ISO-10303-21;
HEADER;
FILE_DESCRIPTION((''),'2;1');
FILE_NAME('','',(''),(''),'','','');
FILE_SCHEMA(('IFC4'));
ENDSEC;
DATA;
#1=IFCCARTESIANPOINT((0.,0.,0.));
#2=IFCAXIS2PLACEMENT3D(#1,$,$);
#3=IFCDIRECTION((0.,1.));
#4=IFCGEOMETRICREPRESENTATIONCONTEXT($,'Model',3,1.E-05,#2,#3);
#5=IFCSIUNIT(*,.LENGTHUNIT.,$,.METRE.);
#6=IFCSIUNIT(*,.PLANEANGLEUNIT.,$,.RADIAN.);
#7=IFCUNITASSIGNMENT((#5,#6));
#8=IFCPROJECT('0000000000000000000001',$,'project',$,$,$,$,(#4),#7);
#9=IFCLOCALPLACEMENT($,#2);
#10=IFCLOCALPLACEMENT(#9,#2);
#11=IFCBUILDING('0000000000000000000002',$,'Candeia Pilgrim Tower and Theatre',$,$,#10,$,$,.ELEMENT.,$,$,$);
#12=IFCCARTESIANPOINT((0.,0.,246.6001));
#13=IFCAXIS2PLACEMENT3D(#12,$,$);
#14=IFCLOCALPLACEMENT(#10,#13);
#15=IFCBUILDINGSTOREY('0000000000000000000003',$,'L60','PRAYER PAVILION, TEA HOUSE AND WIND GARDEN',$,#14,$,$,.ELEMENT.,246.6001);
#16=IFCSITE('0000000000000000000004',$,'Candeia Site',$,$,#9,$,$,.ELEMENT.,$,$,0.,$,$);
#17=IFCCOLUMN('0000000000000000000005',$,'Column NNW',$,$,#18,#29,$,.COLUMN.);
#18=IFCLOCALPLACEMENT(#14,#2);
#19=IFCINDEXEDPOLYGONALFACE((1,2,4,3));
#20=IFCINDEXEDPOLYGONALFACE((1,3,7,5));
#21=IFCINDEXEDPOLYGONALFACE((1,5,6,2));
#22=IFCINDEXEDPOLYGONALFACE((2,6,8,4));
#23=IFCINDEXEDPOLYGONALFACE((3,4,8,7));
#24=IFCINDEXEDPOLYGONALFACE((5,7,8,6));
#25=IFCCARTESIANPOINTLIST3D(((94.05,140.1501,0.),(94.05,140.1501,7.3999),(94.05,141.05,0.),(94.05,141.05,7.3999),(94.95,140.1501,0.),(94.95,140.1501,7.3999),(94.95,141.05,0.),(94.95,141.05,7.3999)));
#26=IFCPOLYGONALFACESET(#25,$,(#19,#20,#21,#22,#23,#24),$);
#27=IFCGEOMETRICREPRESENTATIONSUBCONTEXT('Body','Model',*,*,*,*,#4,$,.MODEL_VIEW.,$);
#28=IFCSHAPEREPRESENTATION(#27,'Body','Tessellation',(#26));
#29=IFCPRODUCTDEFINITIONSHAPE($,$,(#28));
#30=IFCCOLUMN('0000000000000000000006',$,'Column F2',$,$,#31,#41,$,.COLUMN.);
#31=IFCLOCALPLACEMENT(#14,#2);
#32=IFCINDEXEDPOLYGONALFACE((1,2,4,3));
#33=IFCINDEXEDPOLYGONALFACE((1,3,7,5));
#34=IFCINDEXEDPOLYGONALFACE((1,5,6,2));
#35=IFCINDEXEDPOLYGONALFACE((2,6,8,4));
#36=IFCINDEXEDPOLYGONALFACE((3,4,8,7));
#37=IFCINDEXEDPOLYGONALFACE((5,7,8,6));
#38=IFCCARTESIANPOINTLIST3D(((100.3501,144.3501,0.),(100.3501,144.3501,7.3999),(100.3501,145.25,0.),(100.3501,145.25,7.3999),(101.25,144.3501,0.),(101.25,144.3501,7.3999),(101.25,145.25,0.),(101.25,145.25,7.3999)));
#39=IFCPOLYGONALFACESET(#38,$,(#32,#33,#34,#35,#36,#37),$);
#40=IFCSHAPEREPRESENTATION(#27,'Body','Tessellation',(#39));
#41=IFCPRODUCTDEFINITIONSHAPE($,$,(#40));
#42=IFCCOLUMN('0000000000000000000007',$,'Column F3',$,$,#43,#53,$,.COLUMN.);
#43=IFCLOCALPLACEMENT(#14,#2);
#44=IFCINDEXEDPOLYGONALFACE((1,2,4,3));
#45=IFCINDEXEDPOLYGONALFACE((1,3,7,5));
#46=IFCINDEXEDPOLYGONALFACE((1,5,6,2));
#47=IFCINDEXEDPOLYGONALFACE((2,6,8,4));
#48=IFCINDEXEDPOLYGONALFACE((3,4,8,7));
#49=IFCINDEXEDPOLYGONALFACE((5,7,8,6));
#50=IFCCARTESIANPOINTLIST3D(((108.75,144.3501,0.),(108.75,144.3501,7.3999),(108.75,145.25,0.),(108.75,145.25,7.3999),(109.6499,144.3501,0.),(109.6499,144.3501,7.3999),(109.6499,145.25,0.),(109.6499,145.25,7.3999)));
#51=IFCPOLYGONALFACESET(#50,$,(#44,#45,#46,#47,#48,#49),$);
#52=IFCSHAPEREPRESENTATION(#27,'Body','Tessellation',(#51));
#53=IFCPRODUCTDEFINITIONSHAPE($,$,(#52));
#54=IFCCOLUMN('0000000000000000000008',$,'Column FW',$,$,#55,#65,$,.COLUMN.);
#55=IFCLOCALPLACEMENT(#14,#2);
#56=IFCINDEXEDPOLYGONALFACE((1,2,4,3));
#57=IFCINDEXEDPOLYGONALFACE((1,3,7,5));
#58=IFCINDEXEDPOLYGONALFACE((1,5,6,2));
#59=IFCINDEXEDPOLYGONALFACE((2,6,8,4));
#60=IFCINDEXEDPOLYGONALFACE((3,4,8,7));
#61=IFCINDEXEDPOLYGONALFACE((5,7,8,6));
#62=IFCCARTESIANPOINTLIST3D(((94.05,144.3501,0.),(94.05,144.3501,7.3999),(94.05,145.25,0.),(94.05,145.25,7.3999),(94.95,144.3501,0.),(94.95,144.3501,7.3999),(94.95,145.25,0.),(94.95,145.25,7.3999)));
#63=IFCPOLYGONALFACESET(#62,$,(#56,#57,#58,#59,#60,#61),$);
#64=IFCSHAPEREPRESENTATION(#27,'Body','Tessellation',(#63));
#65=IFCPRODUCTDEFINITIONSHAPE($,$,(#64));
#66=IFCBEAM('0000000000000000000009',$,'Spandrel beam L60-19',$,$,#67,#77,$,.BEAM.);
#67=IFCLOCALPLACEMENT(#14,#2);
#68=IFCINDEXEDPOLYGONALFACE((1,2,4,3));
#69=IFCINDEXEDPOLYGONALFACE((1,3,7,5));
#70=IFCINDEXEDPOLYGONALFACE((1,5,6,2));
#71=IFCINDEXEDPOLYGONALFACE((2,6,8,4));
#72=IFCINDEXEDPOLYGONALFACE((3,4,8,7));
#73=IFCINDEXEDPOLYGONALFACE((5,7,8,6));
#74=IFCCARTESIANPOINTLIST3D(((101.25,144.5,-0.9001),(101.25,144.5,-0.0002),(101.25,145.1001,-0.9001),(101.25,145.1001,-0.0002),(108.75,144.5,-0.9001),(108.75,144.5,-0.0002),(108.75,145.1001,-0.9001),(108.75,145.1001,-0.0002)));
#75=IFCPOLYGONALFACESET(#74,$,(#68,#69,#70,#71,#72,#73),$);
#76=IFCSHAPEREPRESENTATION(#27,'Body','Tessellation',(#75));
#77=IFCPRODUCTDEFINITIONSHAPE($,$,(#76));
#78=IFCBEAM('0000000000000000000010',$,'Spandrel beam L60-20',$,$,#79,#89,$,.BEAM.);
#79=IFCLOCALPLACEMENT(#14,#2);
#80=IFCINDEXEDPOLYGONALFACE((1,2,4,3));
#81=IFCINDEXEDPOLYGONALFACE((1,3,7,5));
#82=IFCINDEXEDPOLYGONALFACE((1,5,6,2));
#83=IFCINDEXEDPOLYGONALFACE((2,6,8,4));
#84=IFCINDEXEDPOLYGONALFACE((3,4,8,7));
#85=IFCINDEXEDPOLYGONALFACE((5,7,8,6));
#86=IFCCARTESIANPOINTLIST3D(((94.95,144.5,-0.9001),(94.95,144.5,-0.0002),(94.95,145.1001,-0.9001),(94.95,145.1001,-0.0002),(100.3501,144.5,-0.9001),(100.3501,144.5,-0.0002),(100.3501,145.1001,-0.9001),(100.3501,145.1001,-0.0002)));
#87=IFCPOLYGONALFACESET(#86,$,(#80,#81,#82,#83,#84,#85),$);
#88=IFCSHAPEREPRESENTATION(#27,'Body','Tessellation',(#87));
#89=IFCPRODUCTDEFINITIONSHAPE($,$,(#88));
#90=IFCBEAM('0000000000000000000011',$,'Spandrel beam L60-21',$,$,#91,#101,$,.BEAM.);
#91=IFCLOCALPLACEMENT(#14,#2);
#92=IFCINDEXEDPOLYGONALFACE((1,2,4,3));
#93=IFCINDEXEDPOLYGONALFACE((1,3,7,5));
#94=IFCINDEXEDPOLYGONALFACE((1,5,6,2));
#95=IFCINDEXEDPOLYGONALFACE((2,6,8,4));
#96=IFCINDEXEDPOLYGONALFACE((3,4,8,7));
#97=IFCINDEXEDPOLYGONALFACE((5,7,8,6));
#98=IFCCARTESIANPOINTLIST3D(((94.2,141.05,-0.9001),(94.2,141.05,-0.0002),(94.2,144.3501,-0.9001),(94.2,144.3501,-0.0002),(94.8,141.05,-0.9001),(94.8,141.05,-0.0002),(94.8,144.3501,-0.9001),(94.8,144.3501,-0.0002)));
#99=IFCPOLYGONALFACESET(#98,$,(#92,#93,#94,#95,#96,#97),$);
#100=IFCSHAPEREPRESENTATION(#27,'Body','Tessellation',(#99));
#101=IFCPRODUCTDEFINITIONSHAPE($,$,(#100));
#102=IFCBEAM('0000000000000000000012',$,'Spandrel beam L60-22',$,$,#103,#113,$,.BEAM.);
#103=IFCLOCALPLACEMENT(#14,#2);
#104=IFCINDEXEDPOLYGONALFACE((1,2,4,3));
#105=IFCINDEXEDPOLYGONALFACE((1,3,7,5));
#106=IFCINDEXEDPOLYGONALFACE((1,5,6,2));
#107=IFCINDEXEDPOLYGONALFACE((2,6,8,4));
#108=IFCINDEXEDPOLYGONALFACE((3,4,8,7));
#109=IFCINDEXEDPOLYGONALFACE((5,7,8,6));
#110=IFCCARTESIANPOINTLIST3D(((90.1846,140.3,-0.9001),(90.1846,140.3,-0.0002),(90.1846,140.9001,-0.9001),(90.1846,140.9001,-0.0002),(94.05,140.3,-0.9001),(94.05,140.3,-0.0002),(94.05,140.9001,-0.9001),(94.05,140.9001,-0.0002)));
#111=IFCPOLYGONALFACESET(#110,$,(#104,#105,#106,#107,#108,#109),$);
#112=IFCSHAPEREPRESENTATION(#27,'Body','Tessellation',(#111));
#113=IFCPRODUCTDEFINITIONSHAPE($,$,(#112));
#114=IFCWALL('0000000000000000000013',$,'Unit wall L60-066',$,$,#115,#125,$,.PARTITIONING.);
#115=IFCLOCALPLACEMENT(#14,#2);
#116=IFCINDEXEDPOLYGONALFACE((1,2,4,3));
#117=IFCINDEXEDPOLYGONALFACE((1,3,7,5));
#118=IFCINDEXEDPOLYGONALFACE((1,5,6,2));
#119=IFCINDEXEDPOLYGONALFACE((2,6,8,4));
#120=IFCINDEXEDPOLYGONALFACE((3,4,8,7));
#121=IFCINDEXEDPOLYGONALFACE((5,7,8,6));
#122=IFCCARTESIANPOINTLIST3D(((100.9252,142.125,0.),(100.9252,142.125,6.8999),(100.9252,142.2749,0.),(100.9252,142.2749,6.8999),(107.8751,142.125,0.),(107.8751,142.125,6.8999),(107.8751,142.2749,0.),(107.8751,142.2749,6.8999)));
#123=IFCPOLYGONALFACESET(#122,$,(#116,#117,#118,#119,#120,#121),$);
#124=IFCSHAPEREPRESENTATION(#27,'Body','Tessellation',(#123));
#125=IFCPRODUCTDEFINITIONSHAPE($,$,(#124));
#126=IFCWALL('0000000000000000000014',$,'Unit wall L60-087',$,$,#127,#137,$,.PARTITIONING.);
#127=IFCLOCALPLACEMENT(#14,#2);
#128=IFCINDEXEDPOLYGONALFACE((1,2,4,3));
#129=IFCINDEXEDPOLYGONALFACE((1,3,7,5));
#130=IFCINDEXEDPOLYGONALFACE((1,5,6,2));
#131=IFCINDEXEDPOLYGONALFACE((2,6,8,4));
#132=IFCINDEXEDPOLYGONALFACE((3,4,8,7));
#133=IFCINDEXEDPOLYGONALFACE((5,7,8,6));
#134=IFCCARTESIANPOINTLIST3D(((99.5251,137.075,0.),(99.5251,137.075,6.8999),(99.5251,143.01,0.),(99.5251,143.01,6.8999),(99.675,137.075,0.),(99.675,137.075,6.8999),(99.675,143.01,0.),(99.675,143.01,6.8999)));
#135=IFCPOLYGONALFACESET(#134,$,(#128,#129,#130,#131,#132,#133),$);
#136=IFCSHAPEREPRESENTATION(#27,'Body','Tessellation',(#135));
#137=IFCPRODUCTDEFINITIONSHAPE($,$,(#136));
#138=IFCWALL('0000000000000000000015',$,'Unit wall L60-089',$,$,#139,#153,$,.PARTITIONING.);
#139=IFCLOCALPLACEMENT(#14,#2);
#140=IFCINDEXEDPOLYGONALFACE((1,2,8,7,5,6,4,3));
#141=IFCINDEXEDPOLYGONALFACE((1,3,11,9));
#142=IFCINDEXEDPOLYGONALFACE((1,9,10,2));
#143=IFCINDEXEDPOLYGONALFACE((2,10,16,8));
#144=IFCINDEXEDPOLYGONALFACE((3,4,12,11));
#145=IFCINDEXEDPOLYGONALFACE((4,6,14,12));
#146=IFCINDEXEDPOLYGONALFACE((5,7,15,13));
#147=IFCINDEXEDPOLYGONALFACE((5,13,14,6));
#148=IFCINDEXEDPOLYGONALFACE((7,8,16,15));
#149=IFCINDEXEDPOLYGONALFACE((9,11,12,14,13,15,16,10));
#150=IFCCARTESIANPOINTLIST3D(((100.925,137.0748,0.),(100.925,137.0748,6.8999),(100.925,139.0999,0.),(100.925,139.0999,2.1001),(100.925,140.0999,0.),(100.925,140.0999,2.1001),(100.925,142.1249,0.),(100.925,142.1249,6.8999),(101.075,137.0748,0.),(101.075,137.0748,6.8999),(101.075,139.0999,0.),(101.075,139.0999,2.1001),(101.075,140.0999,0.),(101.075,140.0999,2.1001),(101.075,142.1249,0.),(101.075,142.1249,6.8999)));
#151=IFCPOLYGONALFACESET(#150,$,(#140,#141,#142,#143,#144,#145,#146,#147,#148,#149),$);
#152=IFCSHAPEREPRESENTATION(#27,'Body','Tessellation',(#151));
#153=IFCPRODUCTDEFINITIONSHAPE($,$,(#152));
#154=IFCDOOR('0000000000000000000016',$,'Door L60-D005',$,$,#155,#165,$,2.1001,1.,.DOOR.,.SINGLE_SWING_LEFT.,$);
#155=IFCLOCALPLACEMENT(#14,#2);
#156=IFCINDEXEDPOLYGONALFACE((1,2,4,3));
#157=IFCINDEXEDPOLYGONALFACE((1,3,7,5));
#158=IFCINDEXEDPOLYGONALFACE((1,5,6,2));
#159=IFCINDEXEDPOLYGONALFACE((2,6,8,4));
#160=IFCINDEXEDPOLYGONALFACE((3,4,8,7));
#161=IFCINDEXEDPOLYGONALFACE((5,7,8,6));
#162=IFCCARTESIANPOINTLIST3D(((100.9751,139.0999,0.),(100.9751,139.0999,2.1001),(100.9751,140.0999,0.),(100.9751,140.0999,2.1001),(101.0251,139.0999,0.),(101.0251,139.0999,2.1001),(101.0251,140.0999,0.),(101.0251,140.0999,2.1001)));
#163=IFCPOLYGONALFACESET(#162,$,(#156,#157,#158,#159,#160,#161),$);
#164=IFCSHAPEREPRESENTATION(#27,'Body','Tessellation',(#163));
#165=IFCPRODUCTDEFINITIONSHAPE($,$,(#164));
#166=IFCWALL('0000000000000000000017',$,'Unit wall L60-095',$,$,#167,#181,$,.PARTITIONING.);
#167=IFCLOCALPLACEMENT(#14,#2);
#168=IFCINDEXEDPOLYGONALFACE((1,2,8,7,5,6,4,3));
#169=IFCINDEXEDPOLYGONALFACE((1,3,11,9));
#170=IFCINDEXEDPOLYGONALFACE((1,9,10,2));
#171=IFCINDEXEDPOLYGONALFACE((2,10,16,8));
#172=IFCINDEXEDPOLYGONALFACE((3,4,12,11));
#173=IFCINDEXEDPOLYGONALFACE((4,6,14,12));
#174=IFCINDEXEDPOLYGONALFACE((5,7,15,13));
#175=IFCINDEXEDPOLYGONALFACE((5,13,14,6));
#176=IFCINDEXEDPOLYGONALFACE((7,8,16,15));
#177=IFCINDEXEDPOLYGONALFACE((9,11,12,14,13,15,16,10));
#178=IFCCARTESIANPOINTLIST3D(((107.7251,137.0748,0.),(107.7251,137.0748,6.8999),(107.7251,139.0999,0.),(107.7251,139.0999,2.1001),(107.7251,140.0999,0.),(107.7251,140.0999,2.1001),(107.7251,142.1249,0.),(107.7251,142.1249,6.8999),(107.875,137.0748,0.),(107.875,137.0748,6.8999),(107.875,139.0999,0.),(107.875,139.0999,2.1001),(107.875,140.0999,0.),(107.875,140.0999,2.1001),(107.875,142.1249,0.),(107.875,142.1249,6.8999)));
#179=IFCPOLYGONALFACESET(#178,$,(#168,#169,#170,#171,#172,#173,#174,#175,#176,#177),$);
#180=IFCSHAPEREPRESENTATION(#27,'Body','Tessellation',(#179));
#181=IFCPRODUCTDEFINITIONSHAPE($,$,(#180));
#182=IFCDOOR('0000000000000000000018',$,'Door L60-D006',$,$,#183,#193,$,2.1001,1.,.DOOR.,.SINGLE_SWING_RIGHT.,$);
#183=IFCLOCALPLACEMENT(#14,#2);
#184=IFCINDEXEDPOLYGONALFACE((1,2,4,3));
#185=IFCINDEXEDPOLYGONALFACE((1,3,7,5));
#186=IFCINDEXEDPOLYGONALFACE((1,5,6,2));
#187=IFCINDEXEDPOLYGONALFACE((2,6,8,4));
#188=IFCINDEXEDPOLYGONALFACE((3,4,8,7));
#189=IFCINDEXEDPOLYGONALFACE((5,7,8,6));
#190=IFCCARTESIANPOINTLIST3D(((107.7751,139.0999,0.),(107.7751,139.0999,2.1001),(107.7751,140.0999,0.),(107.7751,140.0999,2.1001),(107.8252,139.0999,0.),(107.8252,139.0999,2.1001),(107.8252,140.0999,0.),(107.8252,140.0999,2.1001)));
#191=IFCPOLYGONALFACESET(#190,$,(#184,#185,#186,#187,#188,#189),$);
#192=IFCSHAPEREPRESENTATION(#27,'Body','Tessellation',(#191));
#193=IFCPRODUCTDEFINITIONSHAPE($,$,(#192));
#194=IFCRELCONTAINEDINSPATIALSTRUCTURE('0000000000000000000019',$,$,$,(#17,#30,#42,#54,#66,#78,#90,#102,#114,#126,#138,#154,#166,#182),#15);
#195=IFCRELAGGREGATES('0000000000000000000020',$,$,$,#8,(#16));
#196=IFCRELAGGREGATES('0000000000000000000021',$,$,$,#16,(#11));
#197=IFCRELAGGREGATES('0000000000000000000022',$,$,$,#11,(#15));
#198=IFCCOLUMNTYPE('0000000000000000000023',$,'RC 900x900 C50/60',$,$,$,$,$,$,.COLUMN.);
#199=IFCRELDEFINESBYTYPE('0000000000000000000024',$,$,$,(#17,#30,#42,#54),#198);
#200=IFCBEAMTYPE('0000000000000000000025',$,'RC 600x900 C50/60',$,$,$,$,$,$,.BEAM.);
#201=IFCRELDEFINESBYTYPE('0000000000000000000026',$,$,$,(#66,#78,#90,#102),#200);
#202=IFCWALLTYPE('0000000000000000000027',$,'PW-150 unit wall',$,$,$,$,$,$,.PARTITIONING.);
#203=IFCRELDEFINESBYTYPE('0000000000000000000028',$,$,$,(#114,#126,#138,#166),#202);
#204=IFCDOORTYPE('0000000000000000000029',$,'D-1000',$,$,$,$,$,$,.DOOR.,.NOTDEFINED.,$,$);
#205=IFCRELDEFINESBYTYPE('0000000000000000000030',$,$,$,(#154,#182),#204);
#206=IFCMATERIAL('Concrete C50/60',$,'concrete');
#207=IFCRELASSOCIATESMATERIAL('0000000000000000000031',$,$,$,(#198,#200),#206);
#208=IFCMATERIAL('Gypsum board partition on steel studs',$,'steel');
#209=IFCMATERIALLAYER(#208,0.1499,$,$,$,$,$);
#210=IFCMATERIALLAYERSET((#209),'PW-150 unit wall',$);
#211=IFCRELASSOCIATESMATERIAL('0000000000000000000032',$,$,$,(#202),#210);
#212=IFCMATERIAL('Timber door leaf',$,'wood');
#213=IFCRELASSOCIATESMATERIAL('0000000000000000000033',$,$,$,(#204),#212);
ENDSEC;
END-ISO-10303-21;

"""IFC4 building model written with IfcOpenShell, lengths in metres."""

from ifc_helpers import new_model, si_unit, direction, frame, frame_2d, origin, origin_2d, place, context, subcontext, project, spatial, rectangle, extrude, material, layer, layer_set, material_profile, profile_set, type_object, element, fill, save


model = new_model("IFC4")

# Units and contexts
model_context = context("Model", 3, precision=1e-05, world=origin(), true_north=direction((0.0, 1.0)))
body_context = subcontext(model_context, "Body", "Model", "MODEL_VIEW")
ifc_project = project(units=[si_unit("LENGTHUNIT", "METRE"), si_unit("PLANEANGLEUNIT", "RADIAN")], contexts=[model_context])

# Site, building, storey
site_placement = place(None, origin())
site = spatial("IfcSite", under=ifc_project, at=site_placement, Name="Candeia Site", CompositionType="ELEMENT", RefElevation=0.0)
building_placement = place(site_placement, origin())
building = spatial("IfcBuilding", under=site, at=building_placement, Name="Candeia Pilgrim Tower and Theatre", CompositionType="ELEMENT")
storey_placement = place(building_placement, frame((0.0, 0.0, 246.6001)))
storey = spatial("IfcBuildingStorey", under=building, at=storey_placement, Name="L60", Description="PRAYER PAVILION, TEA HOUSE AND WIND GARDEN", CompositionType="ELEMENT", Elevation=246.6001)

# Columns
ifc_material_1 = material(Name="Concrete C50/60", Category="concrete")
ifc_material_profile_1 = material_profile(ifc_material_1, rectangle(XDim=0.8999, YDim=0.8999, at=origin_2d()))
ifc_profile_set_1 = profile_set([ifc_material_profile_1], Name="Concrete C50/60")
column_type = type_object("IfcColumnType", Name="RC 900x900 C50/60", PredefinedType="COLUMN", material=ifc_profile_set_1)
for number, where, z_axis, x_axis, name in (
    (1, (94.5, 140.6001, 0.0), (0.0, 0.0, 1.0), (1.0, 0.0, 0.0), "Column NNW"),
    (2, (100.8, 144.8, 0.0), (0.0, 0.0, 1.0), (1.0, 0.0, 0.0), "Column F2"),
    (3, (109.2, 144.8, 0.0), (0.0, 0.0, 1.0), (1.0, 0.0, 0.0), "Column F3"),
    (4, (94.5, 144.8, 0.0), (0.0, 0.0, 1.0), (1.0, 0.0, 0.0), "Column FW"),
):
    element("IfcColumn", number, at=place(storey_placement, frame(where, z_axis=z_axis, x_axis=x_axis)), inside=storey, type_object=column_type, Name=name, PredefinedType="COLUMN", context=body_context, shape_type="SweptSolid", body=[
        extrude(rectangle(XDim=0.8999, YDim=0.8999, at=origin_2d()), origin(), (0.0, 0.0, 1.0), 7.3999),
    ])

# Beams
ifc_material_profile_2 = material_profile(ifc_material_1, rectangle(XDim=0.6001, YDim=0.8999, at=origin_2d()))
ifc_profile_set_2 = profile_set([ifc_material_profile_2], Name="Concrete C50/60")
beam_type = type_object("IfcBeamType", Name="RC 600x900 C50/60", PredefinedType="BEAM", material=ifc_profile_set_2)
beam_1_placement = place(storey_placement, frame((108.75, 144.8, -0.4502), z_axis=(-1.0, 0.0, 0.0), x_axis=(0.0, -1.0, 0.0)))
element("IfcBeam", 5, at=beam_1_placement, inside=storey, type_object=beam_type, Name="Spandrel beam L60-19", PredefinedType="BEAM", context=body_context, shape_type="SweptSolid", body=[
    extrude(rectangle(XDim=0.6001, YDim=0.8999, at=origin_2d()), origin(), (0.0, 0.0, 1.0), 7.5),
])
beam_2_placement = place(storey_placement, frame((100.3501, 144.8, -0.4502), z_axis=(-1.0, 0.0, 0.0), x_axis=(0.0, -1.0, 0.0)))
element("IfcBeam", 6, at=beam_2_placement, inside=storey, type_object=beam_type, Name="Spandrel beam L60-20", PredefinedType="BEAM", context=body_context, shape_type="SweptSolid", body=[
    extrude(rectangle(XDim=0.6001, YDim=0.8999, at=origin_2d()), origin(), (0.0, 0.0, 1.0), 5.4001),
])
beam_3_placement = place(storey_placement, frame((94.5, 144.3501, -0.4502), z_axis=(0.0, -1.0, 0.0), x_axis=(1.0, 0.0, 0.0)))
element("IfcBeam", 7, at=beam_3_placement, inside=storey, type_object=beam_type, Name="Spandrel beam L60-21", PredefinedType="BEAM", context=body_context, shape_type="SweptSolid", body=[
    extrude(rectangle(XDim=0.6001, YDim=0.8999, at=origin_2d()), origin(), (0.0, 0.0, 1.0), 3.3),
])
beam_4_placement = place(storey_placement, frame((94.05, 140.6001, -0.4502), z_axis=(-1.0, 0.0, 0.0), x_axis=(0.0, -1.0, 0.0)))
element("IfcBeam", 8, at=beam_4_placement, inside=storey, type_object=beam_type, Name="Spandrel beam L60-22", PredefinedType="BEAM", context=body_context, shape_type="SweptSolid", body=[
    extrude(rectangle(XDim=0.6001, YDim=0.8999, at=origin_2d()), origin(), (0.0, 0.0, 1.0), 3.8655),
])

# Walls
ifc_material_2 = material(Name="Gypsum board partition on steel studs", Category="steel")
ifc_layer_1 = layer(ifc_material_2, 0.1499)
ifc_layer_set_1 = layer_set([ifc_layer_1], Name="PW-150 unit wall")
wall_type_1 = type_object("IfcWallType", Name="PW-150 unit wall", PredefinedType="PARTITIONING", material=ifc_layer_set_1)
wall_1_placement = place(storey_placement, frame((100.925, 142.2, 0.0), z_axis=(0.0, 0.0, 1.0), x_axis=(1.0, 0.0, 0.0)))
element("IfcWall", 9, at=wall_1_placement, inside=storey, type_object=wall_type_1, Name="Unit wall L60-066", PredefinedType="PARTITIONING", context=body_context, shape_type="SweptSolid", body=[
    extrude(rectangle(XDim=6.95, YDim=0.1499, at=frame_2d((3.4751, 0.0))), origin(), (0.0, 0.0, 1.0), 6.8999),
])
wall_2_placement = place(storey_placement, frame((99.6001, 137.075, 0.0), z_axis=(0.0, 0.0, 1.0), x_axis=(0.0, 1.0, 0.0)))
element("IfcWall", 10, at=wall_2_placement, inside=storey, type_object=wall_type_1, Name="Unit wall L60-087", PredefinedType="PARTITIONING", context=body_context, shape_type="SweptSolid", body=[
    extrude(rectangle(XDim=5.9351, YDim=0.1499, at=frame_2d((2.9675, 0.0))), origin(), (0.0, 0.0, 1.0), 6.8999),
])

# Walls, openings, doors
wall_3_placement = place(storey_placement, frame((101.0, 137.075, 0.0), z_axis=(0.0, 0.0, 1.0), x_axis=(0.0, 1.0, 0.0)))
wall_3 = element("IfcWall", 11, at=wall_3_placement, inside=storey, type_object=wall_type_1, Name="Unit wall L60-089", PredefinedType="PARTITIONING", context=body_context, shape_type="SweptSolid", body=[
    extrude(rectangle(XDim=5.05, YDim=0.1499, at=frame_2d((2.5249, 0.0))), origin(), (0.0, 0.0, 1.0), 6.8999),
])
opening_1_placement = place(wall_3_placement, frame((2.0249, 0.0, 0.0)))
opening_1 = element("IfcOpeningElement", 12, at=opening_1_placement, cuts=wall_3, PredefinedType="OPENING", context=body_context, shape_type="SweptSolid", body=[
    extrude(rectangle(XDim=1.0, YDim=2.1001, at=frame_2d((0.5, 1.05))), frame((0.0, 0.085, 0.0), z_axis=(0.0, -1.0, 0.0), x_axis=(1.0, 0.0, 0.0)), (0.0, 0.0, 1.0), 0.1699),
])
ifc_material_3 = material(Name="Timber door leaf", Category="wood")
door_type = type_object("IfcDoorType", Name="D-1000", OperationType="NOTDEFINED", PredefinedType="DOOR", material=ifc_material_3)
door_1_placement = place(opening_1_placement, origin())
door_1 = element("IfcDoor", 13, at=door_1_placement, inside=storey, type_object=door_type, Name="Door L60-D005", OperationType="SINGLE_SWING_LEFT", OverallHeight=2.1001, OverallWidth=1.0, PredefinedType="DOOR", context=body_context, shape_type="SweptSolid", body=[
    extrude(rectangle(XDim=1.0, YDim=2.1001, at=frame_2d((0.5, 1.05))), frame((0.0, 0.0249, 0.0), z_axis=(0.0, -1.0, 0.0), x_axis=(1.0, 0.0, 0.0)), (0.0, 0.0, 1.0), 0.05),
])
fill(opening_1, door_1)
wall_4_placement = place(storey_placement, frame((107.8, 137.075, 0.0), z_axis=(0.0, 0.0, 1.0), x_axis=(0.0, 1.0, 0.0)))
wall_4 = element("IfcWall", 14, at=wall_4_placement, inside=storey, type_object=wall_type_1, Name="Unit wall L60-095", PredefinedType="PARTITIONING", context=body_context, shape_type="SweptSolid", body=[
    extrude(rectangle(XDim=5.05, YDim=0.1499, at=frame_2d((2.5249, 0.0))), origin(), (0.0, 0.0, 1.0), 6.8999),
])
opening_2_placement = place(wall_4_placement, frame((2.0249, 0.0, 0.0)))
opening_2 = element("IfcOpeningElement", 15, at=opening_2_placement, cuts=wall_4, PredefinedType="OPENING", context=body_context, shape_type="SweptSolid", body=[
    extrude(rectangle(XDim=1.0, YDim=2.1001, at=frame_2d((0.5, 1.05))), frame((0.0, 0.085, 0.0), z_axis=(0.0, -1.0, 0.0), x_axis=(1.0, 0.0, 0.0)), (0.0, 0.0, 1.0), 0.1699),
])
door_2_placement = place(opening_2_placement, origin())
door_2 = element("IfcDoor", 16, at=door_2_placement, inside=storey, type_object=door_type, Name="Door L60-D006", OperationType="SINGLE_SWING_RIGHT", OverallHeight=2.1001, OverallWidth=1.0, PredefinedType="DOOR", context=body_context, shape_type="SweptSolid", body=[
    extrude(rectangle(XDim=1.0, YDim=2.1001, at=frame_2d((0.5, 1.05))), frame((0.0, 0.0249, 0.0), z_axis=(0.0, -1.0, 0.0), x_axis=(1.0, 0.0, 0.0)), (0.0, 0.0, 1.0), 0.05),
])
fill(opening_2, door_2)

save(model, "model.ifc")
